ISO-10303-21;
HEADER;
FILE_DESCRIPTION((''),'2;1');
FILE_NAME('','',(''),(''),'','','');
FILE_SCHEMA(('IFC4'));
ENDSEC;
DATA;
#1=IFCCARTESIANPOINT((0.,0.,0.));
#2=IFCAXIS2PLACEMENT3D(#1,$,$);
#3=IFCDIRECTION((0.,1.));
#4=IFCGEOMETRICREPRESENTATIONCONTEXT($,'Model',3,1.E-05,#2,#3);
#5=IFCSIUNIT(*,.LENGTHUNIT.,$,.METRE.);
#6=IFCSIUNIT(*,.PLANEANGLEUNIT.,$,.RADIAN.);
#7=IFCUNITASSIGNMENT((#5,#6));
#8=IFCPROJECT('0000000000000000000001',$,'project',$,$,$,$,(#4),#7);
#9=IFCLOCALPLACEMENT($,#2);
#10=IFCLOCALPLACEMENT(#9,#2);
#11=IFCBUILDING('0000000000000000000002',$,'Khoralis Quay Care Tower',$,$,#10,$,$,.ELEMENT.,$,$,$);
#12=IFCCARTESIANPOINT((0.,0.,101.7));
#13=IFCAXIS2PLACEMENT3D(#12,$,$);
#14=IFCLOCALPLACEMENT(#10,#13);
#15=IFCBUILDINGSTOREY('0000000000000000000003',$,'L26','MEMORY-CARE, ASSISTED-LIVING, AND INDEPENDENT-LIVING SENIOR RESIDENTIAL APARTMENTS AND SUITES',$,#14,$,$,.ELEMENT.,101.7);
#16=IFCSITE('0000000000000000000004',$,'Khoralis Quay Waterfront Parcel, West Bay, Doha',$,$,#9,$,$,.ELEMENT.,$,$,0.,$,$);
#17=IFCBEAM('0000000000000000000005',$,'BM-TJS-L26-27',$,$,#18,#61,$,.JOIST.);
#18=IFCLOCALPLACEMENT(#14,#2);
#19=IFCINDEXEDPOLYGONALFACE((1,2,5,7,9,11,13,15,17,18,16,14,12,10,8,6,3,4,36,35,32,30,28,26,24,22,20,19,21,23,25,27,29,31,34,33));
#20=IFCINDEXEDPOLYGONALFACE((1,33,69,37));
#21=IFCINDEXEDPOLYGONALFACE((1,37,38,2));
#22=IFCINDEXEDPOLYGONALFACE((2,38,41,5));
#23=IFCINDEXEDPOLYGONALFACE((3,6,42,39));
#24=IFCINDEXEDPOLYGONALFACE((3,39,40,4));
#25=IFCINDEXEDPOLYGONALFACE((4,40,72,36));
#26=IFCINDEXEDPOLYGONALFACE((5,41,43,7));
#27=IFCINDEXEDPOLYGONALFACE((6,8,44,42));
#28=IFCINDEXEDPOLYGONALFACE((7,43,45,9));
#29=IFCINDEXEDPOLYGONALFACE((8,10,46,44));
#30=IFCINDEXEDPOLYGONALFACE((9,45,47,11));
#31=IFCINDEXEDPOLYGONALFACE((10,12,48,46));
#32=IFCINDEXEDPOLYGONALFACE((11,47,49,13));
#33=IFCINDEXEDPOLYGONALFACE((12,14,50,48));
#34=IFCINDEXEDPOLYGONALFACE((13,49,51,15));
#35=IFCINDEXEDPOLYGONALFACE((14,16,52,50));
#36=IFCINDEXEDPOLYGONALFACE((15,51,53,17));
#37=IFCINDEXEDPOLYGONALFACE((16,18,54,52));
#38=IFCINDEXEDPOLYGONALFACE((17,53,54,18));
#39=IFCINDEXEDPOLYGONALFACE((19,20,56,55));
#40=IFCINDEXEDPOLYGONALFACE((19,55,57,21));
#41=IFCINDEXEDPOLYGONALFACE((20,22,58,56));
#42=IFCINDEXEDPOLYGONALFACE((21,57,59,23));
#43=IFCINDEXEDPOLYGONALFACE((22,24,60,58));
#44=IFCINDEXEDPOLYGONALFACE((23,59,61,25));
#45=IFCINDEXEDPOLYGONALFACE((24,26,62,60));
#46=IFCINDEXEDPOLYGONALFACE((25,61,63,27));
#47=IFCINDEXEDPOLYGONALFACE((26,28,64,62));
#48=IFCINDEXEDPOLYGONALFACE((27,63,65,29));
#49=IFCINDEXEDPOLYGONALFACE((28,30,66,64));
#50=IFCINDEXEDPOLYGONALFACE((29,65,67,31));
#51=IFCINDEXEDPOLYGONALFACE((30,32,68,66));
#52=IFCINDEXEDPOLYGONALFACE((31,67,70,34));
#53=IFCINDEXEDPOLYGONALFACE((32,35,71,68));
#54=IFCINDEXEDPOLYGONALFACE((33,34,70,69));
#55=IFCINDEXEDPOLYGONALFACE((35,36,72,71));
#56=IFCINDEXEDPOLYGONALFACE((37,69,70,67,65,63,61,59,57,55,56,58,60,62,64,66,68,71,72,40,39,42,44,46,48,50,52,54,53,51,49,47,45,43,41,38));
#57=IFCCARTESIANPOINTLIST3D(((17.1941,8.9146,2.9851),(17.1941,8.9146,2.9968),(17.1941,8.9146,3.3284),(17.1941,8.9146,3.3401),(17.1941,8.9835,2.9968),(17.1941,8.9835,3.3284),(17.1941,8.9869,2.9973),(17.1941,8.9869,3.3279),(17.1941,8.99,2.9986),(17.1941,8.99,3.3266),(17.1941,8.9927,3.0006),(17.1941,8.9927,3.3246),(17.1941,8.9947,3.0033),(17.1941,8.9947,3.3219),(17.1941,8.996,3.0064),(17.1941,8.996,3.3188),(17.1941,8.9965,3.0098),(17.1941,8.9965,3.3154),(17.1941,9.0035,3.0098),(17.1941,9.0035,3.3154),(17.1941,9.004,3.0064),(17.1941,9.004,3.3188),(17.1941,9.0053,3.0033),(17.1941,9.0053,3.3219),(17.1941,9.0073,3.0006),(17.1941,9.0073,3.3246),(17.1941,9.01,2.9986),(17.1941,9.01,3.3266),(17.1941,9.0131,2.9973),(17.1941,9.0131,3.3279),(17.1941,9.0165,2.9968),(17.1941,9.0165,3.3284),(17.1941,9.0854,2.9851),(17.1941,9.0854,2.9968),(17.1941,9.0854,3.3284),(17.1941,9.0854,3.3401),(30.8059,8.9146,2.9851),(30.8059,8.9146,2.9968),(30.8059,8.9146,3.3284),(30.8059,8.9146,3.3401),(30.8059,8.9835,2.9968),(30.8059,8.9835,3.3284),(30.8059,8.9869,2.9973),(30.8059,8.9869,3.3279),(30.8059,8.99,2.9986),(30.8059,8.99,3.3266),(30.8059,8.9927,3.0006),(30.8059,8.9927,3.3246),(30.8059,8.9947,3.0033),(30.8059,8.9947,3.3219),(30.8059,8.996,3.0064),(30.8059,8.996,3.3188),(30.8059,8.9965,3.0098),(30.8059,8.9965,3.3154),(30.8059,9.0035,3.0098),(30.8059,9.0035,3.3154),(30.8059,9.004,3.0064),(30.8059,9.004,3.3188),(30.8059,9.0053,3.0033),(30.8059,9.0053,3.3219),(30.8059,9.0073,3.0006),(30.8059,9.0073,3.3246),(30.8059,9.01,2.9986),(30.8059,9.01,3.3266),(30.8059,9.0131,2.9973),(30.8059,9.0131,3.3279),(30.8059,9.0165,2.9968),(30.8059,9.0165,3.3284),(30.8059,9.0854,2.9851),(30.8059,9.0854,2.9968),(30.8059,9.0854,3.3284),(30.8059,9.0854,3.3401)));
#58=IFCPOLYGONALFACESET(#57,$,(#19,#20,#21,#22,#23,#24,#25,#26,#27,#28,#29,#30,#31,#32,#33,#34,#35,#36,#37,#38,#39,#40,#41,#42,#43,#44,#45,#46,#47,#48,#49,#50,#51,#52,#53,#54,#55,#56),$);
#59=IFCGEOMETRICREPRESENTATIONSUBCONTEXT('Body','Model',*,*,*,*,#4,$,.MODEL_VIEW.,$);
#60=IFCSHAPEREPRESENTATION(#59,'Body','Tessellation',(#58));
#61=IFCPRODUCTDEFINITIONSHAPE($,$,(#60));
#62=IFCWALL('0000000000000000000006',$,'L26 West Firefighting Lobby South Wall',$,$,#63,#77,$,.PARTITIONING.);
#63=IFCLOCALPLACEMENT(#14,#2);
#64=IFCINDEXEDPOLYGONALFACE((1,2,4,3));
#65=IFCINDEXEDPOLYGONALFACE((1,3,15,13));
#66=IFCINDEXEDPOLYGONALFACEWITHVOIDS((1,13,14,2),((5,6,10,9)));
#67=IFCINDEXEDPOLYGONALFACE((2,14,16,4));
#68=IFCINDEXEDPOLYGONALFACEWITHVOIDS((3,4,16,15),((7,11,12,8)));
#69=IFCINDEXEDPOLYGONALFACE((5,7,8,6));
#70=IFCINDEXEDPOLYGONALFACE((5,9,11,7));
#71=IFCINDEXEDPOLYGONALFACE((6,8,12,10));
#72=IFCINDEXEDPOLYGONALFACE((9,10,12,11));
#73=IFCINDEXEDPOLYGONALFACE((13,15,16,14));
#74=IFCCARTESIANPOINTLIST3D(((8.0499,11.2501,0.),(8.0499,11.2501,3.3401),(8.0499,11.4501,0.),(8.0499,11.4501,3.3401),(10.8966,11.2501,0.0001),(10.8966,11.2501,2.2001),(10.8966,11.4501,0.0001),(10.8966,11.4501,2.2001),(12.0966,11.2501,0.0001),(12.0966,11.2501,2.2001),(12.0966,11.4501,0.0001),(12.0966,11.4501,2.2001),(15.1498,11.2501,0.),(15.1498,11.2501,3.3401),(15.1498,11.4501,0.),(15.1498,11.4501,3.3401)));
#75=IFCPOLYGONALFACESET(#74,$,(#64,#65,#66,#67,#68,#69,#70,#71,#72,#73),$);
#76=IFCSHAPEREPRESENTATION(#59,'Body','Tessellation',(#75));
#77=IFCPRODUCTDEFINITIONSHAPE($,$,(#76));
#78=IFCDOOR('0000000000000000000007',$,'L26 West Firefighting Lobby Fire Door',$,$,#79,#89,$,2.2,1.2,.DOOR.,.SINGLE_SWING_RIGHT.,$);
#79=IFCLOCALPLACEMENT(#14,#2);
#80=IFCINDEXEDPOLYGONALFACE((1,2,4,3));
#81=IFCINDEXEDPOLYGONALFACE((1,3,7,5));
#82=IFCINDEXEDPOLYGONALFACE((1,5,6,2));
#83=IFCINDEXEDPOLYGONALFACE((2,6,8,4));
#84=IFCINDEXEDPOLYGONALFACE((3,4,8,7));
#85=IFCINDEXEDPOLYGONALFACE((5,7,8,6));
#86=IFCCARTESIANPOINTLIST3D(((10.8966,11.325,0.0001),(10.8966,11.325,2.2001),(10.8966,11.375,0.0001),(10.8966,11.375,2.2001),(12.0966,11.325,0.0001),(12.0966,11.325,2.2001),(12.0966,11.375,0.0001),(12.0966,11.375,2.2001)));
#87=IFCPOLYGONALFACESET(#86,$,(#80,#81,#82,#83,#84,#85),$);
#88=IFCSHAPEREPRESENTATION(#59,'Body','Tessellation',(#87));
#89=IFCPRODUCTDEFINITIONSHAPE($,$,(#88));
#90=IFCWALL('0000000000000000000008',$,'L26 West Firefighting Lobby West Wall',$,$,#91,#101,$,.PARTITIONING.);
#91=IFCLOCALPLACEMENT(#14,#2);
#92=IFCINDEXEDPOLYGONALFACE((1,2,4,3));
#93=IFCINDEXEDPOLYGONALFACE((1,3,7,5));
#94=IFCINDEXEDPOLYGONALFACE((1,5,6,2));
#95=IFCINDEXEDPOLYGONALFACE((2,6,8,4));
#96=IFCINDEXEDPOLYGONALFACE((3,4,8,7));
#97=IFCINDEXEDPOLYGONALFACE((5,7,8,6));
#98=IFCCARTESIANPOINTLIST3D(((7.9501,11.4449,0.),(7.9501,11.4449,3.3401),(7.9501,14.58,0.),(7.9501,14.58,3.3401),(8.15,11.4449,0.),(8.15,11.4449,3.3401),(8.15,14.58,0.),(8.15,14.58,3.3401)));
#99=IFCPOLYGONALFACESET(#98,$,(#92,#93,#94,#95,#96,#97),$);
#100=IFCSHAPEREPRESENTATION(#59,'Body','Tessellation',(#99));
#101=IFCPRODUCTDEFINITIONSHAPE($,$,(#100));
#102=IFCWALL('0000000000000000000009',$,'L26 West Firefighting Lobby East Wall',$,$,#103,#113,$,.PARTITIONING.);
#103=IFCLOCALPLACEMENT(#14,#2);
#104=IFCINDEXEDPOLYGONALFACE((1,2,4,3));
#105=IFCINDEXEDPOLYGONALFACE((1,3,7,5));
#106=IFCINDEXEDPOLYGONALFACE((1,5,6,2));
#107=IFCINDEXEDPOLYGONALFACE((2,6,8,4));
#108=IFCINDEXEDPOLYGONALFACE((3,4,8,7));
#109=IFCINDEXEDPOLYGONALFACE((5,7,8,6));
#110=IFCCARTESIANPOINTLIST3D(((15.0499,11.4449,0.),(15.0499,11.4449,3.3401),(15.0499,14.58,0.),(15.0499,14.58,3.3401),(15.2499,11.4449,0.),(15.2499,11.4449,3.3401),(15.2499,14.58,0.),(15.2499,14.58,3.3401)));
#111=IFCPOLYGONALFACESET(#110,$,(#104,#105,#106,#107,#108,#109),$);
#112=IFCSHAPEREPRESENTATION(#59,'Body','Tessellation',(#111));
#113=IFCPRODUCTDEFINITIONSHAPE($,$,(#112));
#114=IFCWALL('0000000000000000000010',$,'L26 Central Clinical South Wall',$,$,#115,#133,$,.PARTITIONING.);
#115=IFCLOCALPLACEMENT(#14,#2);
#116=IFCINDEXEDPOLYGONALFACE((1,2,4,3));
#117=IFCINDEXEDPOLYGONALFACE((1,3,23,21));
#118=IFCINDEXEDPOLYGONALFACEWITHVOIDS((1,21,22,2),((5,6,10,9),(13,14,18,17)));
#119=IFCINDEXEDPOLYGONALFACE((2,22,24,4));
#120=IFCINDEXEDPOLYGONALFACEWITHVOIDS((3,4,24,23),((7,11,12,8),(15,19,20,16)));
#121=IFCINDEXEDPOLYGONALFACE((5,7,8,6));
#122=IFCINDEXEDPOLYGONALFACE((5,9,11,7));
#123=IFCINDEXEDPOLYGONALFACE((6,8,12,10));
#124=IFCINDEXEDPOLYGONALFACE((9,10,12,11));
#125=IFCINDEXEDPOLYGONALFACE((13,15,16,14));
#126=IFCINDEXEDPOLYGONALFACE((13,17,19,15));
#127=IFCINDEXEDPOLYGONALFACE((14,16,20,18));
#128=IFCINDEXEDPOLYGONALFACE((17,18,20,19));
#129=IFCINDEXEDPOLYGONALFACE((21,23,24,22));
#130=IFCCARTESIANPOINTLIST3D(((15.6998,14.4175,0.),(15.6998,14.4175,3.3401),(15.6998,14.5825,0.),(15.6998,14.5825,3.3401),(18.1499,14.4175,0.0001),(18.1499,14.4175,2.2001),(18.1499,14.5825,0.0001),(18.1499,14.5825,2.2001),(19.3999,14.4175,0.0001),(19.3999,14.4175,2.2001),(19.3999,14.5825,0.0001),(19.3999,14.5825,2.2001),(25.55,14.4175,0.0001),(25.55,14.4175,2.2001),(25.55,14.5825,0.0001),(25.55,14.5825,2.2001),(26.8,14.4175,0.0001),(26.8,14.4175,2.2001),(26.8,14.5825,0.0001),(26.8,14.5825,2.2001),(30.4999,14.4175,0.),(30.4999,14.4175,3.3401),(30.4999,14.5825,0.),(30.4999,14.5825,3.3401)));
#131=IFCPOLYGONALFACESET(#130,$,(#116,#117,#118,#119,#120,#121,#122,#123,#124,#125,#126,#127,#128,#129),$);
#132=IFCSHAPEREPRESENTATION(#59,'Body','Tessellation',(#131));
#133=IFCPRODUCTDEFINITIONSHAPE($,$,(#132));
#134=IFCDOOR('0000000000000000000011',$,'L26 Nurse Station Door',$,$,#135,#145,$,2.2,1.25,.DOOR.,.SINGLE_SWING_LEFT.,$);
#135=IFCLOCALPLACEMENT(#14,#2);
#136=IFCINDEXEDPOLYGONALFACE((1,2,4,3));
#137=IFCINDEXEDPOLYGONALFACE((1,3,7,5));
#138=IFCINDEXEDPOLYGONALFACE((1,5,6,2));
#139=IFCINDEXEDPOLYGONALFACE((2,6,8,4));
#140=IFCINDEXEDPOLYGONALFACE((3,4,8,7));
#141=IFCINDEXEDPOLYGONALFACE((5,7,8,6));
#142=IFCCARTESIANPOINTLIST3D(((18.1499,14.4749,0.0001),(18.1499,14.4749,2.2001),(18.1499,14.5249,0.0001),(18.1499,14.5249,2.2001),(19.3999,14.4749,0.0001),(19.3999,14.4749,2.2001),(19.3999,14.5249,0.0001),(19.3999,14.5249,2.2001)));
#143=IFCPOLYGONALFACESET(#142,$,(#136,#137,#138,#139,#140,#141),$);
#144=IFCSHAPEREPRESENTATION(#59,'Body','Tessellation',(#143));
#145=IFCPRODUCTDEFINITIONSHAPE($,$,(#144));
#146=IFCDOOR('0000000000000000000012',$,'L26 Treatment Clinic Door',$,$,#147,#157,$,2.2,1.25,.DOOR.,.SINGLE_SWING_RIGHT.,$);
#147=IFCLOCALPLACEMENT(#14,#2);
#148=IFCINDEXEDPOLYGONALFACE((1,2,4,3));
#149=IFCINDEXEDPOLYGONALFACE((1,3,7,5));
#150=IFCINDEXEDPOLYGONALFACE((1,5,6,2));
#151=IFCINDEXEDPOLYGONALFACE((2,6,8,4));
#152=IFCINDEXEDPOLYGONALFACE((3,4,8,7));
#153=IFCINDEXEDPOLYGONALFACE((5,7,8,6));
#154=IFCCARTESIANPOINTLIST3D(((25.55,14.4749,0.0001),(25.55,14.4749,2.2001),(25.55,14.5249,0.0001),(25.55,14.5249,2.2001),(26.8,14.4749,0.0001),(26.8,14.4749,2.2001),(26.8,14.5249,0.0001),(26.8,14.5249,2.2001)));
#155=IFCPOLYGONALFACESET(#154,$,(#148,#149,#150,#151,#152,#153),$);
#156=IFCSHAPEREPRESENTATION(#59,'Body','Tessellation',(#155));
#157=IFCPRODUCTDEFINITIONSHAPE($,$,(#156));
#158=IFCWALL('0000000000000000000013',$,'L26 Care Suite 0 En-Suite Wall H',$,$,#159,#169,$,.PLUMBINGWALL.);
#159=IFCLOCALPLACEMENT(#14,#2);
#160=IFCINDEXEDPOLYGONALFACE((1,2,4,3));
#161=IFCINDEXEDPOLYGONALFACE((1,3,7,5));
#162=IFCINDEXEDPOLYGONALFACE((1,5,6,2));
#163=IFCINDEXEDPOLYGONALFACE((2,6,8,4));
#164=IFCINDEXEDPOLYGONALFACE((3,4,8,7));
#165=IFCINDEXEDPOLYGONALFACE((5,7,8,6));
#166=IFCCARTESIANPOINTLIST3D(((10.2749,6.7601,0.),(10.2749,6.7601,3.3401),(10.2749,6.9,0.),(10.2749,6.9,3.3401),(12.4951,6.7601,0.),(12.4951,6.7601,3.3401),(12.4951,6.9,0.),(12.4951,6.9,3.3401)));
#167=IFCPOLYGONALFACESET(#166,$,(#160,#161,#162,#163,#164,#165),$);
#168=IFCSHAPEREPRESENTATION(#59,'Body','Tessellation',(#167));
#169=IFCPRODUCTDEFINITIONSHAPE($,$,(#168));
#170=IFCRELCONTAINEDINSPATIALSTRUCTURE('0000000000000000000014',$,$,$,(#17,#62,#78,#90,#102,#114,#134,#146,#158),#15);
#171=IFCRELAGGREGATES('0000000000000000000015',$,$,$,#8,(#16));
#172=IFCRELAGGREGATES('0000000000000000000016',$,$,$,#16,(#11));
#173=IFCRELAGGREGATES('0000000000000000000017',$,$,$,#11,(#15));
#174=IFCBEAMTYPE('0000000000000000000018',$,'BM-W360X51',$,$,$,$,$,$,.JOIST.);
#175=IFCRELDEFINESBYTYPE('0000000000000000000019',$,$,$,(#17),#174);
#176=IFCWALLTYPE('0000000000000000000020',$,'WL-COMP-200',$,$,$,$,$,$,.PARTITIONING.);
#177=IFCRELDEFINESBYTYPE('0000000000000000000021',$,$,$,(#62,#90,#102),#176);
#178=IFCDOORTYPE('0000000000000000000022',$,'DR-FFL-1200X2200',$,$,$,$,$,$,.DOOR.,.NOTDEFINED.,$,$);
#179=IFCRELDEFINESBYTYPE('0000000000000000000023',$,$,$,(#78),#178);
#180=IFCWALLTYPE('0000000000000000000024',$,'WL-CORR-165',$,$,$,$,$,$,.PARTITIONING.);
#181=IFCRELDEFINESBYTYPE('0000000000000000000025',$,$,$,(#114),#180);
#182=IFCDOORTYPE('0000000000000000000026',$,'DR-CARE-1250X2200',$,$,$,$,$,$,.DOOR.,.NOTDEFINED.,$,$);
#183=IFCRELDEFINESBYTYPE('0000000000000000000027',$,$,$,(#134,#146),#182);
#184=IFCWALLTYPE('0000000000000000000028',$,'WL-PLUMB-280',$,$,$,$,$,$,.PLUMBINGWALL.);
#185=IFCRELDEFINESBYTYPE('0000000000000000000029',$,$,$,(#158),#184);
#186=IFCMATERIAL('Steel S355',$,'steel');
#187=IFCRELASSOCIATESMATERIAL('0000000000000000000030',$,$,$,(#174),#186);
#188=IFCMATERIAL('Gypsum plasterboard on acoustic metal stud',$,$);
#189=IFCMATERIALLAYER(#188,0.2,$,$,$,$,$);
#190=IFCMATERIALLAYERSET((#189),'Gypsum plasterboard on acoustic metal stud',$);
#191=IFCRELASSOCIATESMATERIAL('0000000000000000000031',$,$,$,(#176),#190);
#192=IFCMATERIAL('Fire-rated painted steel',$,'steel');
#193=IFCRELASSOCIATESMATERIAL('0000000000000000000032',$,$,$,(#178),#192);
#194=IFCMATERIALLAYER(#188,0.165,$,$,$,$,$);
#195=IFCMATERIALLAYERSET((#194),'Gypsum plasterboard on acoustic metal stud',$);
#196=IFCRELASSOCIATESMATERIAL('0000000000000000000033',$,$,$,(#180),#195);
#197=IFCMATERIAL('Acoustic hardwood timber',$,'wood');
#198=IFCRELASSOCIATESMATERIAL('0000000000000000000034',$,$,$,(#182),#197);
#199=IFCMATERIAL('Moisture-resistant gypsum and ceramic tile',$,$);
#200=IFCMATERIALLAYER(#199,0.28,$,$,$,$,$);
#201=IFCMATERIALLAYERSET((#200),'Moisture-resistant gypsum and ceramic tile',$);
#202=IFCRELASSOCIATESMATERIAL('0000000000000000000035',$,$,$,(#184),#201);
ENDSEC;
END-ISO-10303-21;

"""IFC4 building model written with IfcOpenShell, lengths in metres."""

from ifc_helpers import new_model, si_unit, direction, frame, frame_2d, origin, origin_2d, place, context, subcontext, project, spatial, rectangle, i_section, extrude, source, transform, mapped, material, layer, layer_set, material_profile, profile_set, type_object, element, fill, save


model = new_model("IFC4")

# Units and contexts
model_context = context("Model", 3, precision=1e-05, world=origin(), true_north=direction((0.0, 1.0)))
body_context = subcontext(model_context, "Body", "Model", "MODEL_VIEW")
ifc_project = project(units=[si_unit("LENGTHUNIT", "METRE"), si_unit("PLANEANGLEUNIT", "RADIAN")], contexts=[model_context])

# Site, building, storey
site_placement = place(None, origin())
site = spatial("IfcSite", under=ifc_project, at=site_placement, Name="Khoralis Quay Waterfront Parcel, West Bay, Doha", CompositionType="ELEMENT", RefElevation=0.0)
building_placement = place(site_placement, origin())
building = spatial("IfcBuilding", under=site, at=building_placement, Name="Khoralis Quay Care Tower", CompositionType="ELEMENT")
storey_placement = place(building_placement, frame((0.0, 0.0, 101.7)))
storey = spatial("IfcBuildingStorey", under=building, at=storey_placement, Name="L26", Description="MEMORY-CARE, ASSISTED-LIVING, AND INDEPENDENT-LIVING SENIOR RESIDENTIAL APARTMENTS AND SUITES", CompositionType="ELEMENT", Elevation=101.7)

# Beam
ifc_material_1 = material(Name="Steel S355", Category="steel")
ifc_material_profile_1 = material_profile(ifc_material_1, i_section(OverallWidth=0.1709, OverallDepth=0.355, WebThickness=0.0071, FlangeThickness=0.0117, FilletRadius=0.0129, at=origin_2d()), Name="Steel S355")
ifc_profile_set_1 = profile_set([ifc_material_profile_1], Name="Steel S355")
beam_type_1 = type_object("IfcBeamType", Name="BM-W360X51", PredefinedType="JOIST", material=ifc_profile_set_1)
shared_shape_1 = source(origin(), body_context, "Body", "SweptSolid", [
    extrude(i_section(OverallWidth=0.1709, OverallDepth=0.355, WebThickness=0.0071, FlangeThickness=0.0117, FilletRadius=0.0129, at=origin_2d()), origin(), (0.0, 0.0, 1.0), 13.6118),
])
beam_1_placement = place(storey_placement, frame((17.1941, 9.0, 3.1626), z_axis=(1.0, 0.0, 0.0), x_axis=(0.0, 1.0, 0.0)))
element("IfcBeam", 1, at=beam_1_placement, inside=storey, type_object=beam_type_1, Name="BM-TJS-L26-27", PredefinedType="JOIST", context=body_context, shape_type="MappedRepresentation", body=[
    mapped(shared_shape_1, transform((0.0, 0.0, 0.0), scale=1.0)),
])

# Wall, opening, door
ifc_material_2 = material(Name="Gypsum plasterboard on acoustic metal stud")
ifc_layer_1 = layer(ifc_material_2, 0.2)
ifc_layer_set_1 = layer_set([ifc_layer_1], Name="Gypsum plasterboard on acoustic metal stud")
wall_type_1 = type_object("IfcWallType", Name="WL-COMP-200", PredefinedType="PARTITIONING", material=ifc_layer_set_1)
wall_1_placement = place(storey_placement, frame((8.05, 11.3501, 0.0), z_axis=(0.0, 0.0, 1.0), x_axis=(1.0, 0.0, 0.0)))
wall_1 = element("IfcWall", 2, at=wall_1_placement, inside=storey, type_object=wall_type_1, Name="L26 West Firefighting Lobby South Wall", PredefinedType="PARTITIONING", context=body_context, shape_type="SweptSolid", body=[
    extrude(rectangle(XDim=7.0999, YDim=0.2, at=frame_2d((3.5498, 0.0))), origin(), (0.0, 0.0, 1.0), 3.3401),
])
opening_1_placement = place(wall_1_placement, frame((2.8464, 0.0, 0.0)))
opening_1 = element("IfcOpeningElement", 3, at=opening_1_placement, cuts=wall_1, PredefinedType="OPENING", context=body_context, shape_type="SweptSolid", body=[
    extrude(rectangle(XDim=1.2, YDim=2.2, at=frame_2d((0.6001, 1.1001))), frame((0.0, 0.1099, 0.0), z_axis=(0.0, -1.0, 0.0), x_axis=(1.0, 0.0, 0.0)), (0.0, 0.0, 1.0), 0.22),
])
ifc_material_3 = material(Name="Fire-rated painted steel", Category="steel")
door_type_1 = type_object("IfcDoorType", Name="DR-FFL-1200X2200", OperationType="NOTDEFINED", PredefinedType="DOOR", material=ifc_material_3)
shared_shape_2 = source(origin(), body_context, "Body", "SweptSolid", [
    extrude(rectangle(XDim=1.2, YDim=2.2, at=frame_2d((0.6001, 1.1001))), frame((0.0, 0.0249, 0.0), z_axis=(0.0, -1.0, 0.0), x_axis=(1.0, 0.0, 0.0)), (0.0, 0.0, 1.0), 0.05),
])
door_1_placement = place(opening_1_placement, origin())
door_1 = element("IfcDoor", 4, at=door_1_placement, inside=storey, type_object=door_type_1, Name="L26 West Firefighting Lobby Fire Door", OperationType="SINGLE_SWING_RIGHT", OverallHeight=2.2, OverallWidth=1.2, PredefinedType="DOOR", context=body_context, shape_type="MappedRepresentation", body=[
    mapped(shared_shape_2, transform((0.0, 0.0, 0.0), scale=1.0)),
])
fill(opening_1, door_1)

# Walls
for number, where, z_axis, x_axis, name in (
    (5, (8.05, 11.4451, 0.0), (0.0, 0.0, 1.0), (0.0, 1.0, 0.0), "L26 West Firefighting Lobby West Wall"),
    (6, (15.1499, 11.4451, 0.0), (0.0, 0.0, 1.0), (0.0, 1.0, 0.0), "L26 West Firefighting Lobby East Wall"),
):
    element("IfcWall", number, at=place(storey_placement, frame(where, z_axis=z_axis, x_axis=x_axis)), inside=storey, type_object=wall_type_1, Name=name, PredefinedType="PARTITIONING", context=body_context, shape_type="SweptSolid", body=[
        extrude(rectangle(XDim=3.135, YDim=0.2, at=frame_2d((1.5674, 0.0))), origin(), (0.0, 0.0, 1.0), 3.3401),
    ])

# Wall, openings, doors
ifc_layer_2 = layer(ifc_material_2, 0.165)
ifc_layer_set_2 = layer_set([ifc_layer_2], Name="Gypsum plasterboard on acoustic metal stud")
wall_type_2 = type_object("IfcWallType", Name="WL-CORR-165", PredefinedType="PARTITIONING", material=ifc_layer_set_2)
wall_2_placement = place(storey_placement, frame((15.7, 14.5, 0.0), z_axis=(0.0, 0.0, 1.0), x_axis=(1.0, 0.0, 0.0)))
wall_2 = element("IfcWall", 7, at=wall_2_placement, inside=storey, type_object=wall_type_2, Name="L26 Central Clinical South Wall", PredefinedType="PARTITIONING", context=body_context, shape_type="SweptSolid", body=[
    extrude(rectangle(XDim=14.8, YDim=0.165, at=frame_2d((7.3999, 0.0))), origin(), (0.0, 0.0, 1.0), 3.3401),
])
opening_2_placement = place(wall_2_placement, frame((2.45, 0.0, 0.0)))
opening_2 = element("IfcOpeningElement", 8, at=opening_2_placement, cuts=wall_2, PredefinedType="OPENING", context=body_context, shape_type="SweptSolid", body=[
    extrude(rectangle(XDim=1.25, YDim=2.2, at=frame_2d((0.625, 1.1001))), frame((0.0, 0.0925, 0.0), z_axis=(0.0, -1.0, 0.0), x_axis=(1.0, 0.0, 0.0)), (0.0, 0.0, 1.0), 0.1851),
])
opening_3_placement = place(wall_2_placement, frame((9.8501, 0.0, 0.0)))
opening_3 = element("IfcOpeningElement", 9, at=opening_3_placement, cuts=wall_2, PredefinedType="OPENING", context=body_context, shape_type="SweptSolid", body=[
    extrude(rectangle(XDim=1.25, YDim=2.2, at=frame_2d((0.625, 1.1001))), frame((0.0, 0.0925, 0.0), z_axis=(0.0, -1.0, 0.0), x_axis=(1.0, 0.0, 0.0)), (0.0, 0.0, 1.0), 0.1851),
])
ifc_material_4 = material(Name="Acoustic hardwood timber", Category="wood")
door_type_2 = type_object("IfcDoorType", Name="DR-CARE-1250X2200", OperationType="NOTDEFINED", PredefinedType="DOOR", material=ifc_material_4)
shared_shape_3 = source(origin(), body_context, "Body", "SweptSolid", [
    extrude(rectangle(XDim=1.25, YDim=2.2, at=frame_2d((0.625, 1.1001))), frame((0.0, 0.0249, 0.0), z_axis=(0.0, -1.0, 0.0), x_axis=(1.0, 0.0, 0.0)), (0.0, 0.0, 1.0), 0.05),
])
door_2_placement = place(opening_2_placement, origin())
door_2 = element("IfcDoor", 10, at=door_2_placement, inside=storey, type_object=door_type_2, Name="L26 Nurse Station Door", OperationType="SINGLE_SWING_LEFT", OverallHeight=2.2, OverallWidth=1.25, PredefinedType="DOOR", context=body_context, shape_type="MappedRepresentation", body=[
    mapped(shared_shape_3, transform((0.0, 0.0, 0.0), scale=1.0)),
])
fill(opening_2, door_2)
door_3_placement = place(opening_3_placement, origin())
door_3 = element("IfcDoor", 11, at=door_3_placement, inside=storey, type_object=door_type_2, Name="L26 Treatment Clinic Door", OperationType="SINGLE_SWING_RIGHT", OverallHeight=2.2, OverallWidth=1.25, PredefinedType="DOOR", context=body_context, shape_type="MappedRepresentation", body=[
    mapped(shared_shape_3, transform((0.0, 0.0, 0.0), scale=1.0)),
])
fill(opening_3, door_3)

# Wall
ifc_material_5 = material(Name="Moisture-resistant gypsum and ceramic tile")
ifc_layer_3 = layer(ifc_material_5, 0.28)
ifc_layer_set_3 = layer_set([ifc_layer_3], Name="Moisture-resistant gypsum and ceramic tile")
wall_type_3 = type_object("IfcWallType", Name="WL-PLUMB-280", PredefinedType="PLUMBINGWALL", material=ifc_layer_set_3)
wall_3_placement = place(storey_placement, frame((10.2749, 6.8301, 0.0), z_axis=(0.0, 0.0, 1.0), x_axis=(1.0, 0.0, 0.0)))
element("IfcWall", 12, at=wall_3_placement, inside=storey, type_object=wall_type_3, Name="L26 Care Suite 0 En-Suite Wall H", PredefinedType="PLUMBINGWALL", context=body_context, shape_type="SweptSolid", body=[
    extrude(rectangle(XDim=2.2202, YDim=0.1399, at=frame_2d((1.1101, 0.0))), origin(), (0.0, 0.0, 1.0), 3.3401),
])

save(model, "model.ifc")
